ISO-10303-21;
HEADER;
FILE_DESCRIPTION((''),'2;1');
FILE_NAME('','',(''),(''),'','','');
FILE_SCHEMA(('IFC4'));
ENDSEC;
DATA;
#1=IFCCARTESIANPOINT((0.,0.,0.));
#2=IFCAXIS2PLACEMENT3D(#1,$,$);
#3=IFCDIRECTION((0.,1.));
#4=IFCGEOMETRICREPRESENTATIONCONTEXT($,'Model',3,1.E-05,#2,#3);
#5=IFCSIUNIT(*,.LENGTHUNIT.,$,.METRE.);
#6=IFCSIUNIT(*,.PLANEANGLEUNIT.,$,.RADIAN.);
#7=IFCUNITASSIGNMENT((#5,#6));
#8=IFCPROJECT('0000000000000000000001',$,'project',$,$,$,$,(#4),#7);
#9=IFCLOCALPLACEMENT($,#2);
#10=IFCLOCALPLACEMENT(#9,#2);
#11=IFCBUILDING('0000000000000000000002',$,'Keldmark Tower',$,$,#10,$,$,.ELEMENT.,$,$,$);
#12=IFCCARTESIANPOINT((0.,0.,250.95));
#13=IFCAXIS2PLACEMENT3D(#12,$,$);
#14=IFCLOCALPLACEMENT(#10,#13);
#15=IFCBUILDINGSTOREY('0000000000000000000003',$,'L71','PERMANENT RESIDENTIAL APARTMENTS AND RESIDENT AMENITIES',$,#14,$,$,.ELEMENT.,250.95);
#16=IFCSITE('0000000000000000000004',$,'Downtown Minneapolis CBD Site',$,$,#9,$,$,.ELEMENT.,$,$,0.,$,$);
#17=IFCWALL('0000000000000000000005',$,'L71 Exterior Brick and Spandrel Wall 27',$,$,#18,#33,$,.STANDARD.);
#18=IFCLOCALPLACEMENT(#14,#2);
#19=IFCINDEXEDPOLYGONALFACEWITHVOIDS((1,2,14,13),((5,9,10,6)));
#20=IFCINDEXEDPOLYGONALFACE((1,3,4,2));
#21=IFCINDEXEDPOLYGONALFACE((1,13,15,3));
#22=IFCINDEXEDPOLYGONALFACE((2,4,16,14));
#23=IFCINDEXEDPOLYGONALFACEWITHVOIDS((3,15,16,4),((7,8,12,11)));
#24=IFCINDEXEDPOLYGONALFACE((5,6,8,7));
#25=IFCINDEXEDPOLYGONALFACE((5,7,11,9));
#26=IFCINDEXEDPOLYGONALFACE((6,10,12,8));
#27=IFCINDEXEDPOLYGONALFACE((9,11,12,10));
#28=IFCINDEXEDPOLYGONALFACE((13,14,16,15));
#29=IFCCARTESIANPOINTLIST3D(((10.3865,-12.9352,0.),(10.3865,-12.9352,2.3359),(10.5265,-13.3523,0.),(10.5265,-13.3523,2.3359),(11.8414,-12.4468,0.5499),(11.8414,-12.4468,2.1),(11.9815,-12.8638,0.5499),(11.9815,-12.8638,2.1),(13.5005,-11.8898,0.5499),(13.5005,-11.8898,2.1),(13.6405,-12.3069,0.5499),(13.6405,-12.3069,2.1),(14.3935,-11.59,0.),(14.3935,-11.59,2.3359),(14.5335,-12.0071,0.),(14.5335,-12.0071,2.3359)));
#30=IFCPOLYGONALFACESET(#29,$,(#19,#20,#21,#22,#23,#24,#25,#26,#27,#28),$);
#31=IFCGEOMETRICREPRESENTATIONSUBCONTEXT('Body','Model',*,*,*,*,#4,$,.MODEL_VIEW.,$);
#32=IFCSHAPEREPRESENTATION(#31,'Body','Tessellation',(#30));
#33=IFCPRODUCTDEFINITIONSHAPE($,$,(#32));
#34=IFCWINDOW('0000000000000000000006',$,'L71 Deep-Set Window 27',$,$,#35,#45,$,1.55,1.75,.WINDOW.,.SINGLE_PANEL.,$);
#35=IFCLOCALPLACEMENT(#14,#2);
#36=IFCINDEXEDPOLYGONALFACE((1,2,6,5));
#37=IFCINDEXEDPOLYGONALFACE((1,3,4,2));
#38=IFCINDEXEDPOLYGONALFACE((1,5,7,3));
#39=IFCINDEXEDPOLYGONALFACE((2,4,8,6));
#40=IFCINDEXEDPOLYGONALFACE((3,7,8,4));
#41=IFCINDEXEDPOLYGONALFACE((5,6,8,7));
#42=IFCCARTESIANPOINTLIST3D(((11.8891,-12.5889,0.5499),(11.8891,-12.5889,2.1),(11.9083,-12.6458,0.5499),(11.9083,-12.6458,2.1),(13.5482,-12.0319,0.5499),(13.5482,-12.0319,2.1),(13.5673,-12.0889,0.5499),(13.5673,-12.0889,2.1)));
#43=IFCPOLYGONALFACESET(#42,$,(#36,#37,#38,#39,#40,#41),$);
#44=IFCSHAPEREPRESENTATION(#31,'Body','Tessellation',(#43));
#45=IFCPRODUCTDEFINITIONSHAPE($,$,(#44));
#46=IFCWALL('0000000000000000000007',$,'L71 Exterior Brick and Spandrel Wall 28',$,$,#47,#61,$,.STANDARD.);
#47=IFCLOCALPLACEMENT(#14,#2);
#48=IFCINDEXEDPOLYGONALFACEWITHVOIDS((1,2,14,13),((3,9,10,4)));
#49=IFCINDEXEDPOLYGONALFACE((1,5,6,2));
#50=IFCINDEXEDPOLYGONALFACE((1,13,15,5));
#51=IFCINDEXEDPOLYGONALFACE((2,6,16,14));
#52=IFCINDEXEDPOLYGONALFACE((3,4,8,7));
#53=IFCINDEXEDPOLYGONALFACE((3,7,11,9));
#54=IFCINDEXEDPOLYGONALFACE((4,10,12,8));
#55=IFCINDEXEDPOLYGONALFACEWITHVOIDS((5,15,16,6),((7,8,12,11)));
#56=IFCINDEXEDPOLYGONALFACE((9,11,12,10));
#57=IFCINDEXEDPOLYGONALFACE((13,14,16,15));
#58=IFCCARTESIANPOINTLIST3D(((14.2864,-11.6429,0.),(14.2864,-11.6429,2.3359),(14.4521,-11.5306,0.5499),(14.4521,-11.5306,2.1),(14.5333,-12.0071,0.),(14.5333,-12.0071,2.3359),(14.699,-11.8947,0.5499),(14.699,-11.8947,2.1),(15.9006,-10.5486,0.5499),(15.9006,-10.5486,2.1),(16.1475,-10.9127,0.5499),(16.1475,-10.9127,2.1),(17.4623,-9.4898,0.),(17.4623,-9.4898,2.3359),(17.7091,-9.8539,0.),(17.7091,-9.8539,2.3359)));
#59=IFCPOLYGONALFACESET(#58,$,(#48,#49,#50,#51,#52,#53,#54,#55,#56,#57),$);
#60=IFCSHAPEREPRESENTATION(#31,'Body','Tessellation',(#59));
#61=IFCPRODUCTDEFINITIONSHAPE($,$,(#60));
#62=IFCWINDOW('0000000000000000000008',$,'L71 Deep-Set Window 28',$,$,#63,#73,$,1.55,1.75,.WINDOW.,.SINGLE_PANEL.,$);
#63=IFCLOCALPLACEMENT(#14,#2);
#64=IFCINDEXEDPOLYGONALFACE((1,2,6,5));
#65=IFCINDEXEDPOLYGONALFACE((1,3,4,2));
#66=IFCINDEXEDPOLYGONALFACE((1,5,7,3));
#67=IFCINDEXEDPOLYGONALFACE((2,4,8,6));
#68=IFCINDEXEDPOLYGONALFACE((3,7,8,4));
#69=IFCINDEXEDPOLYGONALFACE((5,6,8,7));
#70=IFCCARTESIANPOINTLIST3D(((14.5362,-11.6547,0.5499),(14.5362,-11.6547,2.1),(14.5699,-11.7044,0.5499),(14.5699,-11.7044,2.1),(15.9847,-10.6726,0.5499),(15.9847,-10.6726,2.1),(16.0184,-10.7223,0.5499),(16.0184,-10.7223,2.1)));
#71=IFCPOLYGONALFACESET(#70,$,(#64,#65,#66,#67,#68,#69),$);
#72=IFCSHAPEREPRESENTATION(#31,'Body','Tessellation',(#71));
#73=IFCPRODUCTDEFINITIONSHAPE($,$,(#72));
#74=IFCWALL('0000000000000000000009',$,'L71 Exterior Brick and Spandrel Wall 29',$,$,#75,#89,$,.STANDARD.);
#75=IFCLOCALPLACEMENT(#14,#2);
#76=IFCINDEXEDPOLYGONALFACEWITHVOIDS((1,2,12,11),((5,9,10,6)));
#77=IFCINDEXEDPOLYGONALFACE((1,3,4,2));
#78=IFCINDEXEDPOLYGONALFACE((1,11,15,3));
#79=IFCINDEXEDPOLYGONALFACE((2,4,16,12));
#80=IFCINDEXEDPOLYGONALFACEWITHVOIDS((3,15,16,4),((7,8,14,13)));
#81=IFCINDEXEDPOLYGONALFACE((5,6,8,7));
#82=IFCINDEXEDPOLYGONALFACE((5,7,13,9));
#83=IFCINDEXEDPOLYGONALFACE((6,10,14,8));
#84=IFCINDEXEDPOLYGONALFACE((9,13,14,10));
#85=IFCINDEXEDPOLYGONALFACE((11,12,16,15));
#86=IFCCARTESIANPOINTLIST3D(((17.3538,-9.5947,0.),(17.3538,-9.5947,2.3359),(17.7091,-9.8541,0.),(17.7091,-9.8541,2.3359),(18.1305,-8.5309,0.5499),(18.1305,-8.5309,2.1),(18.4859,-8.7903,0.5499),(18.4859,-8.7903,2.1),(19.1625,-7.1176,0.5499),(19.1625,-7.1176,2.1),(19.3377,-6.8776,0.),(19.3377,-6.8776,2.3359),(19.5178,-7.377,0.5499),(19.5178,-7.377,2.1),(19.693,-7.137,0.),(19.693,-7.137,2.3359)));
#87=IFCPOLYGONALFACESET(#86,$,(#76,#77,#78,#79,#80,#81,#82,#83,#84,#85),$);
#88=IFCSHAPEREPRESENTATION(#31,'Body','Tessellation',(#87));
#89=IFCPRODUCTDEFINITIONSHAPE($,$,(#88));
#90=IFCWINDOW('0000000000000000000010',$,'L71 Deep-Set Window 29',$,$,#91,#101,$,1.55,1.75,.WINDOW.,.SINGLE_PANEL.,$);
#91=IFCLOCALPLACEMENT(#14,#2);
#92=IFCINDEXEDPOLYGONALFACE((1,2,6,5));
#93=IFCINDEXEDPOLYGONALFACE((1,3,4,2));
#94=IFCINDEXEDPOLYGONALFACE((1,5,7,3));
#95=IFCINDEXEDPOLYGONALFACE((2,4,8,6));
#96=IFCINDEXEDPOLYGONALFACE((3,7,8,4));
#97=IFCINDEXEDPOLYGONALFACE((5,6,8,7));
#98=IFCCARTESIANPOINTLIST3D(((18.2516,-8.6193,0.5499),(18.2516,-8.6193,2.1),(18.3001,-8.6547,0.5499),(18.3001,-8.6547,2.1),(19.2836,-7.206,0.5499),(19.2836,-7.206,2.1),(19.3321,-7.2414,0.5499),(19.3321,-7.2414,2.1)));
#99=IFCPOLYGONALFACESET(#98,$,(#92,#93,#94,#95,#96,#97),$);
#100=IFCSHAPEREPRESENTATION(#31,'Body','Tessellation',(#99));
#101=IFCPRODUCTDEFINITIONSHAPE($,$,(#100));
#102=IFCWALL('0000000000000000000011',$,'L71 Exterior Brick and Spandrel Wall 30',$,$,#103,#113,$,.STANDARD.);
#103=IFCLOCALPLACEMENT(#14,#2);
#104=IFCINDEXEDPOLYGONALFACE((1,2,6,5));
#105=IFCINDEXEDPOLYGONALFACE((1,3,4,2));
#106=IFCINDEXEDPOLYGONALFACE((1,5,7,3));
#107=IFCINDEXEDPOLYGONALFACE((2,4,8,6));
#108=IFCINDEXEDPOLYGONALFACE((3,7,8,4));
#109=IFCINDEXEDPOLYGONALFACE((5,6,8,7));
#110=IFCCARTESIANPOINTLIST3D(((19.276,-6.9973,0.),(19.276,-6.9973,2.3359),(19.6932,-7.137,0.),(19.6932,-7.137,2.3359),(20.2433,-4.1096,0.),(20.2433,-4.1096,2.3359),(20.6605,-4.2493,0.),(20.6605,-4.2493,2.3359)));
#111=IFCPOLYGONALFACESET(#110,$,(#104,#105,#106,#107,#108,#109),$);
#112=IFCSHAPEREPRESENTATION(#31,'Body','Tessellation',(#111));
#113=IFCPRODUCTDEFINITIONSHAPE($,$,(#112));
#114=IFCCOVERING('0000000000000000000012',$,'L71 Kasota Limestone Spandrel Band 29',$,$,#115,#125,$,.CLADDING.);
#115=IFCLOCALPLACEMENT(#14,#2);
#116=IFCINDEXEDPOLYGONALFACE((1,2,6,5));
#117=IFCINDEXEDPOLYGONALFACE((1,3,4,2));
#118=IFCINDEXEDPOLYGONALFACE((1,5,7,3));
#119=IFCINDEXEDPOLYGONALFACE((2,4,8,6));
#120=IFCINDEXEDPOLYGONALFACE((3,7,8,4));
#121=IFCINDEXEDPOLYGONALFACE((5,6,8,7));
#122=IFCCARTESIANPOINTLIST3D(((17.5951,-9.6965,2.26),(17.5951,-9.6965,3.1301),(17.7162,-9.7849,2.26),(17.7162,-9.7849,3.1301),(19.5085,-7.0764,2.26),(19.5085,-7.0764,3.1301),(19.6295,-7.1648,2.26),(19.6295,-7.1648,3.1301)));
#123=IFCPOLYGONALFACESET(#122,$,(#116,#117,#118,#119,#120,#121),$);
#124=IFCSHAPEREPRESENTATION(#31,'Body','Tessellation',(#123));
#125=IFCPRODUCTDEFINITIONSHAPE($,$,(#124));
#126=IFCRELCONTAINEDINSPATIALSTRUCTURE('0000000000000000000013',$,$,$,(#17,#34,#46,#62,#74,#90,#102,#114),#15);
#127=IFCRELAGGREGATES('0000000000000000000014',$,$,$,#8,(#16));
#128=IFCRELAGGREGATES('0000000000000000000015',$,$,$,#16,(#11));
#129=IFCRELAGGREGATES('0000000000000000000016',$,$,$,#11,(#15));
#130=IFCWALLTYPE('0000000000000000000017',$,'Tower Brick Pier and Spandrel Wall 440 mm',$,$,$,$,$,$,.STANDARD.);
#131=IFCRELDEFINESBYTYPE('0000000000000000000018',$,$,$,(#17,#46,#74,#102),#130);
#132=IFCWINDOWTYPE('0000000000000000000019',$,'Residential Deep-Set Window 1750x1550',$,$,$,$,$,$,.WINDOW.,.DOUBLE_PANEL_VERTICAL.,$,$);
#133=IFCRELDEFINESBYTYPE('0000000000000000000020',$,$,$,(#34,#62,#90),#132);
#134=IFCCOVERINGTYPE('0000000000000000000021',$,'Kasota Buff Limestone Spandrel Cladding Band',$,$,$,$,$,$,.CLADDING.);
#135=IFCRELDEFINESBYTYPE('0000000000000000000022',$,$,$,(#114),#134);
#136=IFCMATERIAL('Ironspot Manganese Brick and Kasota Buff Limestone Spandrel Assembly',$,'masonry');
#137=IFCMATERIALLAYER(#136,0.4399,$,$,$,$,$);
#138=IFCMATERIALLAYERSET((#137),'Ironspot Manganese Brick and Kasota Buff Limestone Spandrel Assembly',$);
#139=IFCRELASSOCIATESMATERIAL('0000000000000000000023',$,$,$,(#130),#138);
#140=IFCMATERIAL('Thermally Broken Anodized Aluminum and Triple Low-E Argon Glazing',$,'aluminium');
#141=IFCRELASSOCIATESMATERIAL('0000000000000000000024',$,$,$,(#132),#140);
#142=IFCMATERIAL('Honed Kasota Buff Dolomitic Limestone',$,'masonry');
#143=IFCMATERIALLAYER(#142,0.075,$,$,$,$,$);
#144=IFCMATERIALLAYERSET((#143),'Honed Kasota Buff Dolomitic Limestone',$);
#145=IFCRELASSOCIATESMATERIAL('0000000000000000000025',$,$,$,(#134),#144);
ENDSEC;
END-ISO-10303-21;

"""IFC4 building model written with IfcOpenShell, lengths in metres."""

from ifc_helpers import new_model, si_unit, direction, frame, frame_2d, origin, origin_2d, place, context, subcontext, project, spatial, rectangle, extrude, material, layer, layer_set, type_object, element, fill, save


model = new_model("IFC4")

# Units and contexts
model_context = context("Model", 3, precision=1e-05, world=origin(), true_north=direction((0.0, 1.0)))
body_context = subcontext(model_context, "Body", "Model", "MODEL_VIEW")
ifc_project = project(units=[si_unit("LENGTHUNIT", "METRE"), si_unit("PLANEANGLEUNIT", "RADIAN")], contexts=[model_context])

# Site, building, storey
site_placement = place(None, origin())
site = spatial("IfcSite", under=ifc_project, at=site_placement, Name="Downtown Minneapolis CBD Site", CompositionType="ELEMENT", RefElevation=0.0)
building_placement = place(site_placement, origin())
building = spatial("IfcBuilding", under=site, at=building_placement, Name="Keldmark Tower", CompositionType="ELEMENT")
storey_placement = place(building_placement, frame((0.0, 0.0, 250.95)))
storey = spatial("IfcBuildingStorey", under=building, at=storey_placement, Name="L71", Description="PERMANENT RESIDENTIAL APARTMENTS AND RESIDENT AMENITIES", CompositionType="ELEMENT", Elevation=250.95)

# Walls, openings, windows
ifc_material_1 = material(Name="Ironspot Manganese Brick and Kasota Buff Limestone Spandrel Assembly", Category="masonry")
ifc_layer_1 = layer(ifc_material_1, 0.4399)
ifc_layer_set_1 = layer_set([ifc_layer_1], Name="Ironspot Manganese Brick and Kasota Buff Limestone Spandrel Assembly")
wall_type_1 = type_object("IfcWallType", Name="Tower Brick Pier and Spandrel Wall 440 mm", PredefinedType="STANDARD", material=ifc_layer_set_1)
wall_1_placement = place(storey_placement, frame((14.4634, -11.7986, 0.0), z_axis=(0.0, 0.0, 1.0), x_axis=(-0.948005, -0.318254, 0.0)))
wall_1 = element("IfcWall", 1, at=wall_1_placement, inside=storey, type_object=wall_type_1, Name="L71 Exterior Brick and Spandrel Wall 27", PredefinedType="STANDARD", context=body_context, shape_type="SweptSolid", body=[
    extrude(rectangle(XDim=4.2268, YDim=0.4399, at=frame_2d((2.1133, 0.0))), origin(), (0.0, 0.0, 1.0), 2.3359),
])
opening_1_placement = place(wall_1_placement, frame((0.9419, 0.0, 0.55)))
opening_1 = element("IfcOpeningElement", 2, at=opening_1_placement, cuts=wall_1, PredefinedType="OPENING", context=body_context, shape_type="SweptSolid", body=[
    extrude(rectangle(XDim=1.75, YDim=1.55, at=frame_2d((0.875, 0.7749))), frame((0.0, 0.23, 0.0), z_axis=(0.0, -1.0, 0.0), x_axis=(1.0, 0.0, 0.0)), (0.0, 0.0, 1.0), 0.46),
])
ifc_material_2 = material(Name="Thermally Broken Anodized Aluminum and Triple Low-E Argon Glazing", Category="aluminium")
window_type = type_object("IfcWindowType", Name="Residential Deep-Set Window 1750x1550", PartitioningType="DOUBLE_PANEL_VERTICAL", PredefinedType="WINDOW", material=ifc_material_2)
window_1_placement = place(opening_1_placement, origin())
window_1 = element("IfcWindow", 3, at=window_1_placement, inside=storey, type_object=window_type, Name="L71 Deep-Set Window 27", OverallHeight=1.55, OverallWidth=1.75, PartitioningType="SINGLE_PANEL", PredefinedType="WINDOW", context=body_context, shape_type="SweptSolid", body=[
    extrude(rectangle(XDim=1.75, YDim=1.55, at=frame_2d((0.875, 0.7749))), frame((0.0, -0.01, 0.0), z_axis=(0.0, -1.0, 0.0), x_axis=(1.0, 0.0, 0.0)), (0.0, 0.0, 1.0), 0.0601),
])
fill(opening_1, window_1)
wall_2_placement = place(storey_placement, frame((17.5857, -9.6719, 0.0), z_axis=(0.0, 0.0, 1.0), x_axis=(-0.827708, -0.561159, 0.0)))
wall_2 = element("IfcWall", 4, at=wall_2_placement, inside=storey, type_object=wall_type_1, Name="L71 Exterior Brick and Spandrel Wall 28", PredefinedType="STANDARD", context=body_context, shape_type="SweptSolid", body=[
    extrude(rectangle(XDim=3.8369, YDim=0.4399, at=frame_2d((1.9185, 0.0))), origin(), (0.0, 0.0, 1.0), 2.3359),
])
opening_2_placement = place(wall_2_placement, frame((1.8867, 0.0, 0.55)))
opening_2 = element("IfcOpeningElement", 5, at=opening_2_placement, cuts=wall_2, PredefinedType="OPENING", context=body_context, shape_type="SweptSolid", body=[
    extrude(rectangle(XDim=1.75, YDim=1.55, at=frame_2d((0.875, 0.7749))), frame((0.0, 0.23, 0.0), z_axis=(0.0, -1.0, 0.0), x_axis=(1.0, 0.0, 0.0)), (0.0, 0.0, 1.0), 0.46),
])
window_2_placement = place(opening_2_placement, origin())
window_2 = element("IfcWindow", 6, at=window_2_placement, inside=storey, type_object=window_type, Name="L71 Deep-Set Window 28", OverallHeight=1.55, OverallWidth=1.75, PartitioningType="SINGLE_PANEL", PredefinedType="WINDOW", context=body_context, shape_type="SweptSolid", body=[
    extrude(rectangle(XDim=1.75, YDim=1.55, at=frame_2d((0.875, 0.7749))), frame((0.0, -0.01, 0.0), z_axis=(0.0, -1.0, 0.0), x_axis=(1.0, 0.0, 0.0)), (0.0, 0.0, 1.0), 0.0601),
])
fill(opening_2, window_2)
wall_3_placement = place(storey_placement, frame((19.5154, -7.0073, 0.0), z_axis=(0.0, 0.0, 1.0), x_axis=(-0.589698, -0.807624, 0.0)))
wall_3 = element("IfcWall", 7, at=wall_3_placement, inside=storey, type_object=wall_type_1, Name="L71 Exterior Brick and Spandrel Wall 29", PredefinedType="STANDARD", context=body_context, shape_type="SweptSolid", body=[
    extrude(rectangle(XDim=3.3643, YDim=0.4399, at=frame_2d((1.6821, 0.0))), origin(), (0.0, 0.0, 1.0), 2.3359),
])
opening_3_placement = place(wall_3_placement, frame((0.2971, 0.0, 0.55)))
opening_3 = element("IfcOpeningElement", 8, at=opening_3_placement, cuts=wall_3, PredefinedType="OPENING", context=body_context, shape_type="SweptSolid", body=[
    extrude(rectangle(XDim=1.75, YDim=1.55, at=frame_2d((0.875, 0.7749))), frame((0.0, 0.23, 0.0), z_axis=(0.0, -1.0, 0.0), x_axis=(1.0, 0.0, 0.0)), (0.0, 0.0, 1.0), 0.46),
])
window_3_placement = place(opening_3_placement, origin())
window_3 = element("IfcWindow", 9, at=window_3_placement, inside=storey, type_object=window_type, Name="L71 Deep-Set Window 29", OverallHeight=1.55, OverallWidth=1.75, PartitioningType="SINGLE_PANEL", PredefinedType="WINDOW", context=body_context, shape_type="SweptSolid", body=[
    extrude(rectangle(XDim=1.75, YDim=1.55, at=frame_2d((0.875, 0.7749))), frame((0.0, -0.01, 0.0), z_axis=(0.0, -1.0, 0.0), x_axis=(1.0, 0.0, 0.0)), (0.0, 0.0, 1.0), 0.0601),
])
fill(opening_3, window_3)

# Wall
wall_4_placement = place(storey_placement, frame((20.4519, -4.1794, 0.0), z_axis=(0.0, 0.0, 1.0), x_axis=(-0.317622, -0.948217, 0.0)))
element("IfcWall", 10, at=wall_4_placement, inside=storey, type_object=wall_type_1, Name="L71 Exterior Brick and Spandrel Wall 30", PredefinedType="STANDARD", context=body_context, shape_type="SweptSolid", body=[
    extrude(rectangle(XDim=3.0454, YDim=0.4399, at=frame_2d((1.5227, 0.0))), origin(), (0.0, 0.0, 1.0), 2.3359),
])

# Covering
ifc_material_3 = material(Name="Honed Kasota Buff Dolomitic Limestone", Category="masonry")
ifc_layer_2 = layer(ifc_material_3, 0.075)
ifc_layer_set_2 = layer_set([ifc_layer_2], Name="Honed Kasota Buff Dolomitic Limestone")
covering_type = type_object("IfcCoveringType", Name="Kasota Buff Limestone Spandrel Cladding Band", PredefinedType="CLADDING", material=ifc_layer_set_2)
covering_placement = place(storey_placement, frame((18.6123, -8.4307, 2.26), z_axis=(0.0, 0.0, 1.0), x_axis=(0.589746, 0.807589, 0.0)))
element("IfcCovering", 11, at=covering_placement, inside=storey, type_object=covering_type, Name="L71 Kasota Limestone Spandrel Band 29", PredefinedType="CLADDING", context=body_context, shape_type="SweptSolid", body=[
    extrude(rectangle(XDim=3.2444, YDim=0.1499, at=origin_2d()), origin(), (0.0, 0.0, 1.0), 0.8701),
])

save(model, "model.ifc")
